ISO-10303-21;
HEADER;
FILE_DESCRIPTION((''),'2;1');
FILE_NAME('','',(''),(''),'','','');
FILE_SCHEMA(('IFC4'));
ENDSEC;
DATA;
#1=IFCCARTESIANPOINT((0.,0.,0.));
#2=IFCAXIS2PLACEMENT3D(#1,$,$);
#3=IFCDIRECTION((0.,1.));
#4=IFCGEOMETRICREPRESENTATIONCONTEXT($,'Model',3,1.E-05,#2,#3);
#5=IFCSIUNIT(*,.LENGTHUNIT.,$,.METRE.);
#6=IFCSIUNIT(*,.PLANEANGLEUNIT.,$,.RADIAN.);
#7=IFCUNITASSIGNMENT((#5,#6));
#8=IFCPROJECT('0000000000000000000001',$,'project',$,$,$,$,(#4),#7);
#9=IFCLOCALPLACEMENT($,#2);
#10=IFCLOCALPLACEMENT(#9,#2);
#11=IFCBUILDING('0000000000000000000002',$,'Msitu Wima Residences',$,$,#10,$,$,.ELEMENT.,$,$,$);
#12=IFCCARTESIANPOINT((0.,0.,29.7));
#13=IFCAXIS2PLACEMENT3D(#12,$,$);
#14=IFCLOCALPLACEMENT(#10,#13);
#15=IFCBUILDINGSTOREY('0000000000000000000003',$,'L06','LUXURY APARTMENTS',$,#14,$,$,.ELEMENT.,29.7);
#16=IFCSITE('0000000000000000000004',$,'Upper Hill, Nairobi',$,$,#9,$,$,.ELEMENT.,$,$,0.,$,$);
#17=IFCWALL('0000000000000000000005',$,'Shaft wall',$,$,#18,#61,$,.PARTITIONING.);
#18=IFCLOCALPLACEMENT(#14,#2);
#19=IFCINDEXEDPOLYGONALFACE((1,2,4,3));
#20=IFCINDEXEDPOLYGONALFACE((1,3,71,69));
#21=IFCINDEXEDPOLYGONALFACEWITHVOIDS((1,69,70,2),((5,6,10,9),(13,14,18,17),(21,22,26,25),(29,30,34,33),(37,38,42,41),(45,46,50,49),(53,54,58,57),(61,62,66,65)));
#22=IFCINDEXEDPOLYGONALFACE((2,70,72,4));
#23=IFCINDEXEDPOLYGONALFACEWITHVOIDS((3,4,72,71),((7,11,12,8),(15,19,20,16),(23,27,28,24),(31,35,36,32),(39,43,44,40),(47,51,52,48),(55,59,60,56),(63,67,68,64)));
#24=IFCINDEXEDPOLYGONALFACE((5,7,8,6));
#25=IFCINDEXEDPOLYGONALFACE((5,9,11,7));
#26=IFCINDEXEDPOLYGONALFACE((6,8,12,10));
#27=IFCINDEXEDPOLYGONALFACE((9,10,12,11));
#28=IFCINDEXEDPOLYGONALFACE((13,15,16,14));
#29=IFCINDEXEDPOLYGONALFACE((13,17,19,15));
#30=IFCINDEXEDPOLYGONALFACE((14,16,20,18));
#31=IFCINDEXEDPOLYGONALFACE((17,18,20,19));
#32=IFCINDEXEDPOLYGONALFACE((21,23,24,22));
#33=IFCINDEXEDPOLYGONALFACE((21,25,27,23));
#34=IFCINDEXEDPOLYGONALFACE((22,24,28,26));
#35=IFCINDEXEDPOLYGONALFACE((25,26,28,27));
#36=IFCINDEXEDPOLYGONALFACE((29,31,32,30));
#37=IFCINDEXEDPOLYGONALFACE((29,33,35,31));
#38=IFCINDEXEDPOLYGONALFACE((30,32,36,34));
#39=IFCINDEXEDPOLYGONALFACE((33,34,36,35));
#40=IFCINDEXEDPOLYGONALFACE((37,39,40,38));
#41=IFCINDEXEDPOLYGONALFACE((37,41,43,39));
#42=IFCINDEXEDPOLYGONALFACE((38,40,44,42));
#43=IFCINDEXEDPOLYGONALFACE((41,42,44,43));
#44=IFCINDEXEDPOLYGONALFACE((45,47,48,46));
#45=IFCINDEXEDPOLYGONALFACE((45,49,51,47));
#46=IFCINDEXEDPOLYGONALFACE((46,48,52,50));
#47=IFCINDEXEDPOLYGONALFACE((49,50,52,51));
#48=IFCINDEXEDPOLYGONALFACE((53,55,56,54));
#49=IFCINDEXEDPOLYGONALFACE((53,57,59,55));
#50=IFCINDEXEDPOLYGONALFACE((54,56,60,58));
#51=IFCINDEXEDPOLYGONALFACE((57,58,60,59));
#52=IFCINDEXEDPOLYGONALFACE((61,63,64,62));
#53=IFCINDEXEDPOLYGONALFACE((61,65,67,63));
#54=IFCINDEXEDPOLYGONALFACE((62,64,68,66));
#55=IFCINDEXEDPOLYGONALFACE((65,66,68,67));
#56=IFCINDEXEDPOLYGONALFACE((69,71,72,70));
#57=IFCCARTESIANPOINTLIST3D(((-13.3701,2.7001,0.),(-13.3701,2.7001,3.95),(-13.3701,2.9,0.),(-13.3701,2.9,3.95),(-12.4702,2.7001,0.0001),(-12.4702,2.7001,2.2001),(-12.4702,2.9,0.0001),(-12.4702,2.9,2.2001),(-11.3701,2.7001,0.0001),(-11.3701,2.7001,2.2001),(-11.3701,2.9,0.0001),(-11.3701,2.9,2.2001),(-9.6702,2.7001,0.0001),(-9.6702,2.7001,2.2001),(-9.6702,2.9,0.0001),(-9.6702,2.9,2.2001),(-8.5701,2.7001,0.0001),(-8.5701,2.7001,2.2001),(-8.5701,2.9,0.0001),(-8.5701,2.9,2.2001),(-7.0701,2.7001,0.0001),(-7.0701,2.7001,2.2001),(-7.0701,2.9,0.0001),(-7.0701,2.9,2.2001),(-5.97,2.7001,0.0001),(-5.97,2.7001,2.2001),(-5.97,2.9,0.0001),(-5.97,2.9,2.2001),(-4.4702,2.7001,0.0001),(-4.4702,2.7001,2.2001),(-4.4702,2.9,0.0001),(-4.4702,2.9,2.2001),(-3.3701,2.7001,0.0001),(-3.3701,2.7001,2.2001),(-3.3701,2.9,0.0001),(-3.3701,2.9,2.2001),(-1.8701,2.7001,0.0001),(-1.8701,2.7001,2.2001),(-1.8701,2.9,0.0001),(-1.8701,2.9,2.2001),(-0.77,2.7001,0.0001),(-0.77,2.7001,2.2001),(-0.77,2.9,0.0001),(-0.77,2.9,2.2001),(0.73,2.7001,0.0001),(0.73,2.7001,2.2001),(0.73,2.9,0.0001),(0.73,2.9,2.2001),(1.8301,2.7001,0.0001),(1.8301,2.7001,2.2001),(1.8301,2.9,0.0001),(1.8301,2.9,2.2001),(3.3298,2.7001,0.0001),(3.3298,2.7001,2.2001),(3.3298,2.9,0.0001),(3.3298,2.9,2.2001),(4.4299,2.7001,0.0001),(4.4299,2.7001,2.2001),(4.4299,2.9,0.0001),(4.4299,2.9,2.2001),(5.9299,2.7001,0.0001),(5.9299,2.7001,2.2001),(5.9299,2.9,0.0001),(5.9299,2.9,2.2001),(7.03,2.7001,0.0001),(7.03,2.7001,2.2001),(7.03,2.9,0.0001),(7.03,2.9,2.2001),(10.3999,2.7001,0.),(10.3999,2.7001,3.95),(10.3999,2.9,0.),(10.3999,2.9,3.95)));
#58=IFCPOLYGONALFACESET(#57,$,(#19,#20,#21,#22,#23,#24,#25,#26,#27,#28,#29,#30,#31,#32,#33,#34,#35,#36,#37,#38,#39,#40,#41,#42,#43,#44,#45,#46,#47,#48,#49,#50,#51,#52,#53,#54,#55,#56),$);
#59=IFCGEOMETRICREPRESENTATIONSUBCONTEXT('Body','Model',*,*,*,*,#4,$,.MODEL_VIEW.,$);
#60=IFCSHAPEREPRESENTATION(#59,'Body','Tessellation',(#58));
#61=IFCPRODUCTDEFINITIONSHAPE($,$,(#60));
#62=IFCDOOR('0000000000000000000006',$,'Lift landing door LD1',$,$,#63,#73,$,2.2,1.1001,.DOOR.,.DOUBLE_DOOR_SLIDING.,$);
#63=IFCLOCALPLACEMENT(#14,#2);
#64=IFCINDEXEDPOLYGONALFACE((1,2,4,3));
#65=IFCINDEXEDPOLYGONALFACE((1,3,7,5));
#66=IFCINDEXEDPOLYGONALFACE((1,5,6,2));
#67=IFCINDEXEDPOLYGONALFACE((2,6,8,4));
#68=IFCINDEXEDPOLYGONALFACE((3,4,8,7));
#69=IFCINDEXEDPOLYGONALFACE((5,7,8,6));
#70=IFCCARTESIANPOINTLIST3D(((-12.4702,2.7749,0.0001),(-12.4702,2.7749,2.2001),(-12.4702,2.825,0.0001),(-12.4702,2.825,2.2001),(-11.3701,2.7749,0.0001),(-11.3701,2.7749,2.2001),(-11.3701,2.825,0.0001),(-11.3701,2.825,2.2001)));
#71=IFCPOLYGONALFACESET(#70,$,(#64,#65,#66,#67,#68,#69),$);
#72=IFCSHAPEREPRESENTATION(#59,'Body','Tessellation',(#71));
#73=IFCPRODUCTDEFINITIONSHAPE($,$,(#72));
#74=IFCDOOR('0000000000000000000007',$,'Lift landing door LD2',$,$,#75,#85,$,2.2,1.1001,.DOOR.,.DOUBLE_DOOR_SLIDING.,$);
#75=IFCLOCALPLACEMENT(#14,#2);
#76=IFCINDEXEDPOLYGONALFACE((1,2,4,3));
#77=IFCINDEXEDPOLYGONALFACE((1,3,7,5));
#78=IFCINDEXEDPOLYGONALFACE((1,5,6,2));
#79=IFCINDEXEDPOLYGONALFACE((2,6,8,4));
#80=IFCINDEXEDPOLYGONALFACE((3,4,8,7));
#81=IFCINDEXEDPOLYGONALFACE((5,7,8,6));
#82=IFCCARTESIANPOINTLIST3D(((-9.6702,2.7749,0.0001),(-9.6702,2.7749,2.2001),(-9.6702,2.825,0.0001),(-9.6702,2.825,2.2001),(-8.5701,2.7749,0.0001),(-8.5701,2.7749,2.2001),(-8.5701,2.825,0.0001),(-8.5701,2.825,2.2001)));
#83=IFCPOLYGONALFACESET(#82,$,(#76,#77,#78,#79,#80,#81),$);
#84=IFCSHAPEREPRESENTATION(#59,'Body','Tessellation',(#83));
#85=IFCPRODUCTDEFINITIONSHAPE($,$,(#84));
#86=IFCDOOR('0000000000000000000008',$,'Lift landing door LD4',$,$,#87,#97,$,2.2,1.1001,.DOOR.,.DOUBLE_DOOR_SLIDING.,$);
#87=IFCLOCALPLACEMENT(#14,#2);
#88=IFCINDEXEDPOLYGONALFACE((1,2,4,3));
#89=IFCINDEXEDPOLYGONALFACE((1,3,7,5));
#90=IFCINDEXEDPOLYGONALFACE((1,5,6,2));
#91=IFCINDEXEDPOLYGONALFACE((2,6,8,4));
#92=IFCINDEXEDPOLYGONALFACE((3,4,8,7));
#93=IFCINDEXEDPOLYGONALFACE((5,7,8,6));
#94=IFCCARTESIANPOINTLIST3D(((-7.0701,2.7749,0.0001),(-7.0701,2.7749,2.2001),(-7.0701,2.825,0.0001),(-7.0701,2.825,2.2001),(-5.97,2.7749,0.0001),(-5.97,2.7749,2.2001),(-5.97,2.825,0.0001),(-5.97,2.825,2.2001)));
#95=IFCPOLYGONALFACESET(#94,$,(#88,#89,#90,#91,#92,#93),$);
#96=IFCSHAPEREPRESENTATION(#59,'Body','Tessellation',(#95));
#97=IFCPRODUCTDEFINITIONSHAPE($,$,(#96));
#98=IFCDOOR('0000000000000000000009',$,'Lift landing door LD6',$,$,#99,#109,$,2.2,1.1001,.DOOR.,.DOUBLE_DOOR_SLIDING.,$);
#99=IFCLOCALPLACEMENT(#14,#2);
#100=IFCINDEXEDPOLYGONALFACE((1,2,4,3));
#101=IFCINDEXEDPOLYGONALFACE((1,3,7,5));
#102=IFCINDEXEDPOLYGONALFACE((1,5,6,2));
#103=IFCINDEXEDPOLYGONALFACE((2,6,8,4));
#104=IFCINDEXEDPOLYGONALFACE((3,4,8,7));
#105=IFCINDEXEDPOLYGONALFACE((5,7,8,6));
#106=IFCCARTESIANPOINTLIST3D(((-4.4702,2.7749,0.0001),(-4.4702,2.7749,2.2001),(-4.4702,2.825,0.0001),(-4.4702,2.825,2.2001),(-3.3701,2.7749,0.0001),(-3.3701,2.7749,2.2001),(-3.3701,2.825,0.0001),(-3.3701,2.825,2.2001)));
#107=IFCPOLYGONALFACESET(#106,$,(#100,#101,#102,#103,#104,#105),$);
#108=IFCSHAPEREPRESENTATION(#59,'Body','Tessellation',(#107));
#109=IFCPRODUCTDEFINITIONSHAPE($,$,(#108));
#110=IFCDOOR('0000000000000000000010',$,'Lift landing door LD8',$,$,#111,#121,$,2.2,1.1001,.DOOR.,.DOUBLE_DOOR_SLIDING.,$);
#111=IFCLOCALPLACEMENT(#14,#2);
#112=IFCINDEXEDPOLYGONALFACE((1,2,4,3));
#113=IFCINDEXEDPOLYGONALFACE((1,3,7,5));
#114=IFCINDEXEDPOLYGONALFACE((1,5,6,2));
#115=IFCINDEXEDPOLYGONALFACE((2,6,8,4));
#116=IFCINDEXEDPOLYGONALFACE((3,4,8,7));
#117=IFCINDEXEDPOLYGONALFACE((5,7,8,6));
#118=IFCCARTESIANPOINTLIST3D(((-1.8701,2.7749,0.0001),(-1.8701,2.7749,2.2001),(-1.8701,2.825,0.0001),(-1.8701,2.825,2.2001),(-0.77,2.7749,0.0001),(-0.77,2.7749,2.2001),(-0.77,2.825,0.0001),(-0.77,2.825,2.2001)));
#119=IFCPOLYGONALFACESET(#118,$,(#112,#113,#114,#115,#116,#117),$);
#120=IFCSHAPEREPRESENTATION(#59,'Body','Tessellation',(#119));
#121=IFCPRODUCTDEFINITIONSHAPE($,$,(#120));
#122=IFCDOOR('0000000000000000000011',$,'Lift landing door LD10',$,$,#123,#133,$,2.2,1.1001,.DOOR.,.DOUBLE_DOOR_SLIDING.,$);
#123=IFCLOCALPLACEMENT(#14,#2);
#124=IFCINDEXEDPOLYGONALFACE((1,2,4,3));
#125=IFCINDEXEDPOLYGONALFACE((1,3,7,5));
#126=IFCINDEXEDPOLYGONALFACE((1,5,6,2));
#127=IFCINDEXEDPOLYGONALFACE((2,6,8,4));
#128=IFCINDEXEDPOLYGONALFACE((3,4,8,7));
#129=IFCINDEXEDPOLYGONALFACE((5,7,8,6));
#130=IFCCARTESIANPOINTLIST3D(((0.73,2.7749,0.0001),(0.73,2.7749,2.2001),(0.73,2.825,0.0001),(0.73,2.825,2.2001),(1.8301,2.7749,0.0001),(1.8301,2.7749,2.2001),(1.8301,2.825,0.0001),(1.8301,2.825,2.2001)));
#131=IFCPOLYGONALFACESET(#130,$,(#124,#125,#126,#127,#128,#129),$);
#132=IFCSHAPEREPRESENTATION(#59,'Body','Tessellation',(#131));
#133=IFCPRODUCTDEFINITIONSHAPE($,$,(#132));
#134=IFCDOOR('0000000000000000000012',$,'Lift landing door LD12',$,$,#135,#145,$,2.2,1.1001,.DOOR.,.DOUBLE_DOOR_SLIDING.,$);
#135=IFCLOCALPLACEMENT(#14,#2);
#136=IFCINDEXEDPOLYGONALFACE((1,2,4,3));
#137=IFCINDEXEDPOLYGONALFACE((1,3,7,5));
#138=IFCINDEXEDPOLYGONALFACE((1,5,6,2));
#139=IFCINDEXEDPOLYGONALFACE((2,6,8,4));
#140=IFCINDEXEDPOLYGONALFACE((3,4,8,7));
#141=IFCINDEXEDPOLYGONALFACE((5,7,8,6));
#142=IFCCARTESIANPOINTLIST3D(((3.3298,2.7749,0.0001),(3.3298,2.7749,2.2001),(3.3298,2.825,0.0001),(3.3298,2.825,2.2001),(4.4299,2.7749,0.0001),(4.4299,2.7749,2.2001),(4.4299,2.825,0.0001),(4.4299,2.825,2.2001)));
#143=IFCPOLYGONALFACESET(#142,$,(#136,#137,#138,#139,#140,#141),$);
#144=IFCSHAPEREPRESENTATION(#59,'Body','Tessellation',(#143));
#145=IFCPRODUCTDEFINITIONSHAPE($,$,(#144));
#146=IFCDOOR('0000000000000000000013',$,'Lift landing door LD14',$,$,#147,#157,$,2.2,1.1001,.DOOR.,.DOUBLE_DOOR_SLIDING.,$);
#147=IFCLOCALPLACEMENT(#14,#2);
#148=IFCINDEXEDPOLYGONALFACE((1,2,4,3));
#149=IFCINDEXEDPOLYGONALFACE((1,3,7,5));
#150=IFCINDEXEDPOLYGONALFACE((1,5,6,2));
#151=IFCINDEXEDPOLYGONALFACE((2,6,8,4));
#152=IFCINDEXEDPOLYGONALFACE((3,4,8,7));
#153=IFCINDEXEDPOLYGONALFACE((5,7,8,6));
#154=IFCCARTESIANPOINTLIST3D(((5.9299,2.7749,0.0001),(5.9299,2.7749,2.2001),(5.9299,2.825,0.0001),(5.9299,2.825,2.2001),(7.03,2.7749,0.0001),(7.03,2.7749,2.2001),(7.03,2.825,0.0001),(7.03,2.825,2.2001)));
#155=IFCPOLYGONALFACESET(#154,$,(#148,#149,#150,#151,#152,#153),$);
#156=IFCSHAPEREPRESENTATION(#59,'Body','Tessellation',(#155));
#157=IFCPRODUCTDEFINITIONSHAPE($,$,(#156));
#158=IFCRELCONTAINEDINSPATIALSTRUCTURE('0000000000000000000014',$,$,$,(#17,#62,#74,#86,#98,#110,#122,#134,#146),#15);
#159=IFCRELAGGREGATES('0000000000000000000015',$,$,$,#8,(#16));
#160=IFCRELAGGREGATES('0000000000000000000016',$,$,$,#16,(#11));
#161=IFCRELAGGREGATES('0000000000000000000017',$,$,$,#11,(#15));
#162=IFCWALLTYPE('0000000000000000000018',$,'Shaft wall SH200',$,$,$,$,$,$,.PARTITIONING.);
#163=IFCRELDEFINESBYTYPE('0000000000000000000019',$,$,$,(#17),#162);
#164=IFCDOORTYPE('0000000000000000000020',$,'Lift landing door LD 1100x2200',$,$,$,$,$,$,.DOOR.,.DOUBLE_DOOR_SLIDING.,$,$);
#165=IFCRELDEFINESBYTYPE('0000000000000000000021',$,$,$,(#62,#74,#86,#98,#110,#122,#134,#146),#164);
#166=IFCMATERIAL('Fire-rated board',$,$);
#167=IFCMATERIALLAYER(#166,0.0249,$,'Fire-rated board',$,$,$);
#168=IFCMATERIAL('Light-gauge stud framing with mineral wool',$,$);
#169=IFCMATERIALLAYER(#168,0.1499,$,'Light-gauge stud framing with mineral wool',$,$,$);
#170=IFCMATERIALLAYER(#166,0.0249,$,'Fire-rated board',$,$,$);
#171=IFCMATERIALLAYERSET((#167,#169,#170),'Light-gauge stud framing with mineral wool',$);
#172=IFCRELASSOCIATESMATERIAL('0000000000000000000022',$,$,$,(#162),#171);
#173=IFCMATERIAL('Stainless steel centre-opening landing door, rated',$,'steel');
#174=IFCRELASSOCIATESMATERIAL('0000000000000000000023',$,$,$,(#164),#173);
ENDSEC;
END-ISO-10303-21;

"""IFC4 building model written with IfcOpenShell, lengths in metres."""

from ifc_helpers import new_model, si_unit, direction, frame, frame_2d, origin, place, context, subcontext, project, spatial, rectangle, extrude, material, layer, layer_set, type_object, element, fill, save


model = new_model("IFC4")

# Units and contexts
model_context = context("Model", 3, precision=1e-05, world=origin(), true_north=direction((0.0, 1.0)))
body_context = subcontext(model_context, "Body", "Model", "MODEL_VIEW")
ifc_project = project(units=[si_unit("LENGTHUNIT", "METRE"), si_unit("PLANEANGLEUNIT", "RADIAN")], contexts=[model_context])

# Site, building, storey
site_placement = place(None, origin())
site = spatial("IfcSite", under=ifc_project, at=site_placement, Name="Upper Hill, Nairobi", CompositionType="ELEMENT", RefElevation=0.0)
building_placement = place(site_placement, origin())
building = spatial("IfcBuilding", under=site, at=building_placement, Name="Msitu Wima Residences", CompositionType="ELEMENT")
storey_placement = place(building_placement, frame((0.0, 0.0, 29.7)))
storey = spatial("IfcBuildingStorey", under=building, at=storey_placement, Name="L06", Description="LUXURY APARTMENTS", CompositionType="ELEMENT", Elevation=29.7)

# Wall, openings, doors
ifc_material_1 = material(Name="Fire-rated board")
ifc_layer_1 = layer(ifc_material_1, 0.0249, Name="Fire-rated board")
ifc_material_2 = material(Name="Light-gauge stud framing with mineral wool")
ifc_layer_2 = layer(ifc_material_2, 0.1499, Name="Light-gauge stud framing with mineral wool")
ifc_layer_3 = layer(ifc_material_1, 0.0249, Name="Fire-rated board")
ifc_layer_set_1 = layer_set([ifc_layer_1, ifc_layer_2, ifc_layer_3], Name="Light-gauge stud framing with mineral wool")
wall_type_1 = type_object("IfcWallType", Name="Shaft wall SH200", PredefinedType="PARTITIONING", material=ifc_layer_set_1)
wall_1_placement = place(storey_placement, frame((-13.3701, 2.8, 0.0), z_axis=(0.0, 0.0, 1.0), x_axis=(1.0, 0.0, 0.0)))
wall_1 = element("IfcWall", 1, at=wall_1_placement, inside=storey, type_object=wall_type_1, Name="Shaft wall", PredefinedType="PARTITIONING", context=body_context, shape_type="SweptSolid", body=[
    extrude(rectangle(XDim=23.77, YDim=0.2, at=frame_2d((11.885, 0.0))), origin(), (0.0, 0.0, 1.0), 3.95),
])
opening_1_placement = place(wall_1_placement, frame((0.8999, 0.0, 0.0)))
opening_1 = element("IfcOpeningElement", 2, at=opening_1_placement, cuts=wall_1, PredefinedType="OPENING", context=body_context, shape_type="SweptSolid", body=[
    extrude(rectangle(XDim=1.1001, YDim=2.2, at=frame_2d((0.55, 1.1001))), frame((0.0, 0.1099, 0.0), z_axis=(0.0, -1.0, 0.0), x_axis=(1.0, 0.0, 0.0)), (0.0, 0.0, 1.0), 0.22),
])
opening_2_placement = place(wall_1_placement, frame((3.7, 0.0, 0.0)))
opening_2 = element("IfcOpeningElement", 3, at=opening_2_placement, cuts=wall_1, PredefinedType="OPENING", context=body_context, shape_type="SweptSolid", body=[
    extrude(rectangle(XDim=1.1001, YDim=2.2, at=frame_2d((0.55, 1.1001))), frame((0.0, 0.1099, 0.0), z_axis=(0.0, -1.0, 0.0), x_axis=(1.0, 0.0, 0.0)), (0.0, 0.0, 1.0), 0.22),
])
opening_3_placement = place(wall_1_placement, frame((6.3, 0.0, 0.0)))
opening_3 = element("IfcOpeningElement", 4, at=opening_3_placement, cuts=wall_1, PredefinedType="OPENING", context=body_context, shape_type="SweptSolid", body=[
    extrude(rectangle(XDim=1.1001, YDim=2.2, at=frame_2d((0.55, 1.1001))), frame((0.0, 0.1099, 0.0), z_axis=(0.0, -1.0, 0.0), x_axis=(1.0, 0.0, 0.0)), (0.0, 0.0, 1.0), 0.22),
])
opening_4_placement = place(wall_1_placement, frame((8.8999, 0.0, 0.0)))
opening_4 = element("IfcOpeningElement", 5, at=opening_4_placement, cuts=wall_1, PredefinedType="OPENING", context=body_context, shape_type="SweptSolid", body=[
    extrude(rectangle(XDim=1.1001, YDim=2.2, at=frame_2d((0.55, 1.1001))), frame((0.0, 0.1099, 0.0), z_axis=(0.0, -1.0, 0.0), x_axis=(1.0, 0.0, 0.0)), (0.0, 0.0, 1.0), 0.22),
])
opening_5_placement = place(wall_1_placement, frame((11.5, 0.0, 0.0)))
opening_5 = element("IfcOpeningElement", 6, at=opening_5_placement, cuts=wall_1, PredefinedType="OPENING", context=body_context, shape_type="SweptSolid", body=[
    extrude(rectangle(XDim=1.1001, YDim=2.2, at=frame_2d((0.55, 1.1001))), frame((0.0, 0.1099, 0.0), z_axis=(0.0, -1.0, 0.0), x_axis=(1.0, 0.0, 0.0)), (0.0, 0.0, 1.0), 0.22),
])
opening_6_placement = place(wall_1_placement, frame((14.1001, 0.0, 0.0)))
opening_6 = element("IfcOpeningElement", 7, at=opening_6_placement, cuts=wall_1, PredefinedType="OPENING", context=body_context, shape_type="SweptSolid", body=[
    extrude(rectangle(XDim=1.1001, YDim=2.2, at=frame_2d((0.55, 1.1001))), frame((0.0, 0.1099, 0.0), z_axis=(0.0, -1.0, 0.0), x_axis=(1.0, 0.0, 0.0)), (0.0, 0.0, 1.0), 0.22),
])
opening_7_placement = place(wall_1_placement, frame((16.7, 0.0, 0.0)))
opening_7 = element("IfcOpeningElement", 8, at=opening_7_placement, cuts=wall_1, PredefinedType="OPENING", context=body_context, shape_type="SweptSolid", body=[
    extrude(rectangle(XDim=1.1001, YDim=2.2, at=frame_2d((0.55, 1.1001))), frame((0.0, 0.1099, 0.0), z_axis=(0.0, -1.0, 0.0), x_axis=(1.0, 0.0, 0.0)), (0.0, 0.0, 1.0), 0.22),
])
opening_8_placement = place(wall_1_placement, frame((19.3, 0.0, 0.0)))
opening_8 = element("IfcOpeningElement", 9, at=opening_8_placement, cuts=wall_1, PredefinedType="OPENING", context=body_context, shape_type="SweptSolid", body=[
    extrude(rectangle(XDim=1.1001, YDim=2.2, at=frame_2d((0.55, 1.1001))), frame((0.0, 0.1099, 0.0), z_axis=(0.0, -1.0, 0.0), x_axis=(1.0, 0.0, 0.0)), (0.0, 0.0, 1.0), 0.22),
])
ifc_material_3 = material(Name="Stainless steel centre-opening landing door, rated", Category="steel")
door_type_1 = type_object("IfcDoorType", Name="Lift landing door LD 1100x2200", OperationType="DOUBLE_DOOR_SLIDING", PredefinedType="DOOR", material=ifc_material_3)
door_1_placement = place(opening_1_placement, origin())
door_1 = element("IfcDoor", 10, at=door_1_placement, inside=storey, type_object=door_type_1, Name="Lift landing door LD1", OperationType="DOUBLE_DOOR_SLIDING", OverallHeight=2.2, OverallWidth=1.1001, PredefinedType="DOOR", context=body_context, shape_type="SweptSolid", body=[
    extrude(rectangle(XDim=1.1001, YDim=2.2, at=frame_2d((0.55, 1.1001))), frame((0.0, 0.0249, 0.0), z_axis=(0.0, -1.0, 0.0), x_axis=(1.0, 0.0, 0.0)), (0.0, 0.0, 1.0), 0.05),
])
fill(opening_1, door_1)
door_2_placement = place(opening_2_placement, origin())
door_2 = element("IfcDoor", 11, at=door_2_placement, inside=storey, type_object=door_type_1, Name="Lift landing door LD2", OperationType="DOUBLE_DOOR_SLIDING", OverallHeight=2.2, OverallWidth=1.1001, PredefinedType="DOOR", context=body_context, shape_type="SweptSolid", body=[
    extrude(rectangle(XDim=1.1001, YDim=2.2, at=frame_2d((0.55, 1.1001))), frame((0.0, 0.0249, 0.0), z_axis=(0.0, -1.0, 0.0), x_axis=(1.0, 0.0, 0.0)), (0.0, 0.0, 1.0), 0.05),
])
fill(opening_2, door_2)
door_3_placement = place(opening_3_placement, origin())
door_3 = element("IfcDoor", 12, at=door_3_placement, inside=storey, type_object=door_type_1, Name="Lift landing door LD4", OperationType="DOUBLE_DOOR_SLIDING", OverallHeight=2.2, OverallWidth=1.1001, PredefinedType="DOOR", context=body_context, shape_type="SweptSolid", body=[
    extrude(rectangle(XDim=1.1001, YDim=2.2, at=frame_2d((0.55, 1.1001))), frame((0.0, 0.0249, 0.0), z_axis=(0.0, -1.0, 0.0), x_axis=(1.0, 0.0, 0.0)), (0.0, 0.0, 1.0), 0.05),
])
fill(opening_3, door_3)
door_4_placement = place(opening_4_placement, origin())
door_4 = element("IfcDoor", 13, at=door_4_placement, inside=storey, type_object=door_type_1, Name="Lift landing door LD6", OperationType="DOUBLE_DOOR_SLIDING", OverallHeight=2.2, OverallWidth=1.1001, PredefinedType="DOOR", context=body_context, shape_type="SweptSolid", body=[
    extrude(rectangle(XDim=1.1001, YDim=2.2, at=frame_2d((0.55, 1.1001))), frame((0.0, 0.0249, 0.0), z_axis=(0.0, -1.0, 0.0), x_axis=(1.0, 0.0, 0.0)), (0.0, 0.0, 1.0), 0.05),
])
fill(opening_4, door_4)
door_5_placement = place(opening_5_placement, origin())
door_5 = element("IfcDoor", 14, at=door_5_placement, inside=storey, type_object=door_type_1, Name="Lift landing door LD8", OperationType="DOUBLE_DOOR_SLIDING", OverallHeight=2.2, OverallWidth=1.1001, PredefinedType="DOOR", context=body_context, shape_type="SweptSolid", body=[
    extrude(rectangle(XDim=1.1001, YDim=2.2, at=frame_2d((0.55, 1.1001))), frame((0.0, 0.0249, 0.0), z_axis=(0.0, -1.0, 0.0), x_axis=(1.0, 0.0, 0.0)), (0.0, 0.0, 1.0), 0.05),
])
fill(opening_5, door_5)
door_6_placement = place(opening_6_placement, origin())
door_6 = element("IfcDoor", 15, at=door_6_placement, inside=storey, type_object=door_type_1, Name="Lift landing door LD10", OperationType="DOUBLE_DOOR_SLIDING", OverallHeight=2.2, OverallWidth=1.1001, PredefinedType="DOOR", context=body_context, shape_type="SweptSolid", body=[
    extrude(rectangle(XDim=1.1001, YDim=2.2, at=frame_2d((0.55, 1.1001))), frame((0.0, 0.0249, 0.0), z_axis=(0.0, -1.0, 0.0), x_axis=(1.0, 0.0, 0.0)), (0.0, 0.0, 1.0), 0.05),
])
fill(opening_6, door_6)
door_7_placement = place(opening_7_placement, origin())
door_7 = element("IfcDoor", 16, at=door_7_placement, inside=storey, type_object=door_type_1, Name="Lift landing door LD12", OperationType="DOUBLE_DOOR_SLIDING", OverallHeight=2.2, OverallWidth=1.1001, PredefinedType="DOOR", context=body_context, shape_type="SweptSolid", body=[
    extrude(rectangle(XDim=1.1001, YDim=2.2, at=frame_2d((0.55, 1.1001))), frame((0.0, 0.0249, 0.0), z_axis=(0.0, -1.0, 0.0), x_axis=(1.0, 0.0, 0.0)), (0.0, 0.0, 1.0), 0.05),
])
fill(opening_7, door_7)
door_8_placement = place(opening_8_placement, origin())
door_8 = element("IfcDoor", 17, at=door_8_placement, inside=storey, type_object=door_type_1, Name="Lift landing door LD14", OperationType="DOUBLE_DOOR_SLIDING", OverallHeight=2.2, OverallWidth=1.1001, PredefinedType="DOOR", context=body_context, shape_type="SweptSolid", body=[
    extrude(rectangle(XDim=1.1001, YDim=2.2, at=frame_2d((0.55, 1.1001))), frame((0.0, 0.0249, 0.0), z_axis=(0.0, -1.0, 0.0), x_axis=(1.0, 0.0, 0.0)), (0.0, 0.0, 1.0), 0.05),
])
fill(opening_8, door_8)

save(model, "model.ifc")
